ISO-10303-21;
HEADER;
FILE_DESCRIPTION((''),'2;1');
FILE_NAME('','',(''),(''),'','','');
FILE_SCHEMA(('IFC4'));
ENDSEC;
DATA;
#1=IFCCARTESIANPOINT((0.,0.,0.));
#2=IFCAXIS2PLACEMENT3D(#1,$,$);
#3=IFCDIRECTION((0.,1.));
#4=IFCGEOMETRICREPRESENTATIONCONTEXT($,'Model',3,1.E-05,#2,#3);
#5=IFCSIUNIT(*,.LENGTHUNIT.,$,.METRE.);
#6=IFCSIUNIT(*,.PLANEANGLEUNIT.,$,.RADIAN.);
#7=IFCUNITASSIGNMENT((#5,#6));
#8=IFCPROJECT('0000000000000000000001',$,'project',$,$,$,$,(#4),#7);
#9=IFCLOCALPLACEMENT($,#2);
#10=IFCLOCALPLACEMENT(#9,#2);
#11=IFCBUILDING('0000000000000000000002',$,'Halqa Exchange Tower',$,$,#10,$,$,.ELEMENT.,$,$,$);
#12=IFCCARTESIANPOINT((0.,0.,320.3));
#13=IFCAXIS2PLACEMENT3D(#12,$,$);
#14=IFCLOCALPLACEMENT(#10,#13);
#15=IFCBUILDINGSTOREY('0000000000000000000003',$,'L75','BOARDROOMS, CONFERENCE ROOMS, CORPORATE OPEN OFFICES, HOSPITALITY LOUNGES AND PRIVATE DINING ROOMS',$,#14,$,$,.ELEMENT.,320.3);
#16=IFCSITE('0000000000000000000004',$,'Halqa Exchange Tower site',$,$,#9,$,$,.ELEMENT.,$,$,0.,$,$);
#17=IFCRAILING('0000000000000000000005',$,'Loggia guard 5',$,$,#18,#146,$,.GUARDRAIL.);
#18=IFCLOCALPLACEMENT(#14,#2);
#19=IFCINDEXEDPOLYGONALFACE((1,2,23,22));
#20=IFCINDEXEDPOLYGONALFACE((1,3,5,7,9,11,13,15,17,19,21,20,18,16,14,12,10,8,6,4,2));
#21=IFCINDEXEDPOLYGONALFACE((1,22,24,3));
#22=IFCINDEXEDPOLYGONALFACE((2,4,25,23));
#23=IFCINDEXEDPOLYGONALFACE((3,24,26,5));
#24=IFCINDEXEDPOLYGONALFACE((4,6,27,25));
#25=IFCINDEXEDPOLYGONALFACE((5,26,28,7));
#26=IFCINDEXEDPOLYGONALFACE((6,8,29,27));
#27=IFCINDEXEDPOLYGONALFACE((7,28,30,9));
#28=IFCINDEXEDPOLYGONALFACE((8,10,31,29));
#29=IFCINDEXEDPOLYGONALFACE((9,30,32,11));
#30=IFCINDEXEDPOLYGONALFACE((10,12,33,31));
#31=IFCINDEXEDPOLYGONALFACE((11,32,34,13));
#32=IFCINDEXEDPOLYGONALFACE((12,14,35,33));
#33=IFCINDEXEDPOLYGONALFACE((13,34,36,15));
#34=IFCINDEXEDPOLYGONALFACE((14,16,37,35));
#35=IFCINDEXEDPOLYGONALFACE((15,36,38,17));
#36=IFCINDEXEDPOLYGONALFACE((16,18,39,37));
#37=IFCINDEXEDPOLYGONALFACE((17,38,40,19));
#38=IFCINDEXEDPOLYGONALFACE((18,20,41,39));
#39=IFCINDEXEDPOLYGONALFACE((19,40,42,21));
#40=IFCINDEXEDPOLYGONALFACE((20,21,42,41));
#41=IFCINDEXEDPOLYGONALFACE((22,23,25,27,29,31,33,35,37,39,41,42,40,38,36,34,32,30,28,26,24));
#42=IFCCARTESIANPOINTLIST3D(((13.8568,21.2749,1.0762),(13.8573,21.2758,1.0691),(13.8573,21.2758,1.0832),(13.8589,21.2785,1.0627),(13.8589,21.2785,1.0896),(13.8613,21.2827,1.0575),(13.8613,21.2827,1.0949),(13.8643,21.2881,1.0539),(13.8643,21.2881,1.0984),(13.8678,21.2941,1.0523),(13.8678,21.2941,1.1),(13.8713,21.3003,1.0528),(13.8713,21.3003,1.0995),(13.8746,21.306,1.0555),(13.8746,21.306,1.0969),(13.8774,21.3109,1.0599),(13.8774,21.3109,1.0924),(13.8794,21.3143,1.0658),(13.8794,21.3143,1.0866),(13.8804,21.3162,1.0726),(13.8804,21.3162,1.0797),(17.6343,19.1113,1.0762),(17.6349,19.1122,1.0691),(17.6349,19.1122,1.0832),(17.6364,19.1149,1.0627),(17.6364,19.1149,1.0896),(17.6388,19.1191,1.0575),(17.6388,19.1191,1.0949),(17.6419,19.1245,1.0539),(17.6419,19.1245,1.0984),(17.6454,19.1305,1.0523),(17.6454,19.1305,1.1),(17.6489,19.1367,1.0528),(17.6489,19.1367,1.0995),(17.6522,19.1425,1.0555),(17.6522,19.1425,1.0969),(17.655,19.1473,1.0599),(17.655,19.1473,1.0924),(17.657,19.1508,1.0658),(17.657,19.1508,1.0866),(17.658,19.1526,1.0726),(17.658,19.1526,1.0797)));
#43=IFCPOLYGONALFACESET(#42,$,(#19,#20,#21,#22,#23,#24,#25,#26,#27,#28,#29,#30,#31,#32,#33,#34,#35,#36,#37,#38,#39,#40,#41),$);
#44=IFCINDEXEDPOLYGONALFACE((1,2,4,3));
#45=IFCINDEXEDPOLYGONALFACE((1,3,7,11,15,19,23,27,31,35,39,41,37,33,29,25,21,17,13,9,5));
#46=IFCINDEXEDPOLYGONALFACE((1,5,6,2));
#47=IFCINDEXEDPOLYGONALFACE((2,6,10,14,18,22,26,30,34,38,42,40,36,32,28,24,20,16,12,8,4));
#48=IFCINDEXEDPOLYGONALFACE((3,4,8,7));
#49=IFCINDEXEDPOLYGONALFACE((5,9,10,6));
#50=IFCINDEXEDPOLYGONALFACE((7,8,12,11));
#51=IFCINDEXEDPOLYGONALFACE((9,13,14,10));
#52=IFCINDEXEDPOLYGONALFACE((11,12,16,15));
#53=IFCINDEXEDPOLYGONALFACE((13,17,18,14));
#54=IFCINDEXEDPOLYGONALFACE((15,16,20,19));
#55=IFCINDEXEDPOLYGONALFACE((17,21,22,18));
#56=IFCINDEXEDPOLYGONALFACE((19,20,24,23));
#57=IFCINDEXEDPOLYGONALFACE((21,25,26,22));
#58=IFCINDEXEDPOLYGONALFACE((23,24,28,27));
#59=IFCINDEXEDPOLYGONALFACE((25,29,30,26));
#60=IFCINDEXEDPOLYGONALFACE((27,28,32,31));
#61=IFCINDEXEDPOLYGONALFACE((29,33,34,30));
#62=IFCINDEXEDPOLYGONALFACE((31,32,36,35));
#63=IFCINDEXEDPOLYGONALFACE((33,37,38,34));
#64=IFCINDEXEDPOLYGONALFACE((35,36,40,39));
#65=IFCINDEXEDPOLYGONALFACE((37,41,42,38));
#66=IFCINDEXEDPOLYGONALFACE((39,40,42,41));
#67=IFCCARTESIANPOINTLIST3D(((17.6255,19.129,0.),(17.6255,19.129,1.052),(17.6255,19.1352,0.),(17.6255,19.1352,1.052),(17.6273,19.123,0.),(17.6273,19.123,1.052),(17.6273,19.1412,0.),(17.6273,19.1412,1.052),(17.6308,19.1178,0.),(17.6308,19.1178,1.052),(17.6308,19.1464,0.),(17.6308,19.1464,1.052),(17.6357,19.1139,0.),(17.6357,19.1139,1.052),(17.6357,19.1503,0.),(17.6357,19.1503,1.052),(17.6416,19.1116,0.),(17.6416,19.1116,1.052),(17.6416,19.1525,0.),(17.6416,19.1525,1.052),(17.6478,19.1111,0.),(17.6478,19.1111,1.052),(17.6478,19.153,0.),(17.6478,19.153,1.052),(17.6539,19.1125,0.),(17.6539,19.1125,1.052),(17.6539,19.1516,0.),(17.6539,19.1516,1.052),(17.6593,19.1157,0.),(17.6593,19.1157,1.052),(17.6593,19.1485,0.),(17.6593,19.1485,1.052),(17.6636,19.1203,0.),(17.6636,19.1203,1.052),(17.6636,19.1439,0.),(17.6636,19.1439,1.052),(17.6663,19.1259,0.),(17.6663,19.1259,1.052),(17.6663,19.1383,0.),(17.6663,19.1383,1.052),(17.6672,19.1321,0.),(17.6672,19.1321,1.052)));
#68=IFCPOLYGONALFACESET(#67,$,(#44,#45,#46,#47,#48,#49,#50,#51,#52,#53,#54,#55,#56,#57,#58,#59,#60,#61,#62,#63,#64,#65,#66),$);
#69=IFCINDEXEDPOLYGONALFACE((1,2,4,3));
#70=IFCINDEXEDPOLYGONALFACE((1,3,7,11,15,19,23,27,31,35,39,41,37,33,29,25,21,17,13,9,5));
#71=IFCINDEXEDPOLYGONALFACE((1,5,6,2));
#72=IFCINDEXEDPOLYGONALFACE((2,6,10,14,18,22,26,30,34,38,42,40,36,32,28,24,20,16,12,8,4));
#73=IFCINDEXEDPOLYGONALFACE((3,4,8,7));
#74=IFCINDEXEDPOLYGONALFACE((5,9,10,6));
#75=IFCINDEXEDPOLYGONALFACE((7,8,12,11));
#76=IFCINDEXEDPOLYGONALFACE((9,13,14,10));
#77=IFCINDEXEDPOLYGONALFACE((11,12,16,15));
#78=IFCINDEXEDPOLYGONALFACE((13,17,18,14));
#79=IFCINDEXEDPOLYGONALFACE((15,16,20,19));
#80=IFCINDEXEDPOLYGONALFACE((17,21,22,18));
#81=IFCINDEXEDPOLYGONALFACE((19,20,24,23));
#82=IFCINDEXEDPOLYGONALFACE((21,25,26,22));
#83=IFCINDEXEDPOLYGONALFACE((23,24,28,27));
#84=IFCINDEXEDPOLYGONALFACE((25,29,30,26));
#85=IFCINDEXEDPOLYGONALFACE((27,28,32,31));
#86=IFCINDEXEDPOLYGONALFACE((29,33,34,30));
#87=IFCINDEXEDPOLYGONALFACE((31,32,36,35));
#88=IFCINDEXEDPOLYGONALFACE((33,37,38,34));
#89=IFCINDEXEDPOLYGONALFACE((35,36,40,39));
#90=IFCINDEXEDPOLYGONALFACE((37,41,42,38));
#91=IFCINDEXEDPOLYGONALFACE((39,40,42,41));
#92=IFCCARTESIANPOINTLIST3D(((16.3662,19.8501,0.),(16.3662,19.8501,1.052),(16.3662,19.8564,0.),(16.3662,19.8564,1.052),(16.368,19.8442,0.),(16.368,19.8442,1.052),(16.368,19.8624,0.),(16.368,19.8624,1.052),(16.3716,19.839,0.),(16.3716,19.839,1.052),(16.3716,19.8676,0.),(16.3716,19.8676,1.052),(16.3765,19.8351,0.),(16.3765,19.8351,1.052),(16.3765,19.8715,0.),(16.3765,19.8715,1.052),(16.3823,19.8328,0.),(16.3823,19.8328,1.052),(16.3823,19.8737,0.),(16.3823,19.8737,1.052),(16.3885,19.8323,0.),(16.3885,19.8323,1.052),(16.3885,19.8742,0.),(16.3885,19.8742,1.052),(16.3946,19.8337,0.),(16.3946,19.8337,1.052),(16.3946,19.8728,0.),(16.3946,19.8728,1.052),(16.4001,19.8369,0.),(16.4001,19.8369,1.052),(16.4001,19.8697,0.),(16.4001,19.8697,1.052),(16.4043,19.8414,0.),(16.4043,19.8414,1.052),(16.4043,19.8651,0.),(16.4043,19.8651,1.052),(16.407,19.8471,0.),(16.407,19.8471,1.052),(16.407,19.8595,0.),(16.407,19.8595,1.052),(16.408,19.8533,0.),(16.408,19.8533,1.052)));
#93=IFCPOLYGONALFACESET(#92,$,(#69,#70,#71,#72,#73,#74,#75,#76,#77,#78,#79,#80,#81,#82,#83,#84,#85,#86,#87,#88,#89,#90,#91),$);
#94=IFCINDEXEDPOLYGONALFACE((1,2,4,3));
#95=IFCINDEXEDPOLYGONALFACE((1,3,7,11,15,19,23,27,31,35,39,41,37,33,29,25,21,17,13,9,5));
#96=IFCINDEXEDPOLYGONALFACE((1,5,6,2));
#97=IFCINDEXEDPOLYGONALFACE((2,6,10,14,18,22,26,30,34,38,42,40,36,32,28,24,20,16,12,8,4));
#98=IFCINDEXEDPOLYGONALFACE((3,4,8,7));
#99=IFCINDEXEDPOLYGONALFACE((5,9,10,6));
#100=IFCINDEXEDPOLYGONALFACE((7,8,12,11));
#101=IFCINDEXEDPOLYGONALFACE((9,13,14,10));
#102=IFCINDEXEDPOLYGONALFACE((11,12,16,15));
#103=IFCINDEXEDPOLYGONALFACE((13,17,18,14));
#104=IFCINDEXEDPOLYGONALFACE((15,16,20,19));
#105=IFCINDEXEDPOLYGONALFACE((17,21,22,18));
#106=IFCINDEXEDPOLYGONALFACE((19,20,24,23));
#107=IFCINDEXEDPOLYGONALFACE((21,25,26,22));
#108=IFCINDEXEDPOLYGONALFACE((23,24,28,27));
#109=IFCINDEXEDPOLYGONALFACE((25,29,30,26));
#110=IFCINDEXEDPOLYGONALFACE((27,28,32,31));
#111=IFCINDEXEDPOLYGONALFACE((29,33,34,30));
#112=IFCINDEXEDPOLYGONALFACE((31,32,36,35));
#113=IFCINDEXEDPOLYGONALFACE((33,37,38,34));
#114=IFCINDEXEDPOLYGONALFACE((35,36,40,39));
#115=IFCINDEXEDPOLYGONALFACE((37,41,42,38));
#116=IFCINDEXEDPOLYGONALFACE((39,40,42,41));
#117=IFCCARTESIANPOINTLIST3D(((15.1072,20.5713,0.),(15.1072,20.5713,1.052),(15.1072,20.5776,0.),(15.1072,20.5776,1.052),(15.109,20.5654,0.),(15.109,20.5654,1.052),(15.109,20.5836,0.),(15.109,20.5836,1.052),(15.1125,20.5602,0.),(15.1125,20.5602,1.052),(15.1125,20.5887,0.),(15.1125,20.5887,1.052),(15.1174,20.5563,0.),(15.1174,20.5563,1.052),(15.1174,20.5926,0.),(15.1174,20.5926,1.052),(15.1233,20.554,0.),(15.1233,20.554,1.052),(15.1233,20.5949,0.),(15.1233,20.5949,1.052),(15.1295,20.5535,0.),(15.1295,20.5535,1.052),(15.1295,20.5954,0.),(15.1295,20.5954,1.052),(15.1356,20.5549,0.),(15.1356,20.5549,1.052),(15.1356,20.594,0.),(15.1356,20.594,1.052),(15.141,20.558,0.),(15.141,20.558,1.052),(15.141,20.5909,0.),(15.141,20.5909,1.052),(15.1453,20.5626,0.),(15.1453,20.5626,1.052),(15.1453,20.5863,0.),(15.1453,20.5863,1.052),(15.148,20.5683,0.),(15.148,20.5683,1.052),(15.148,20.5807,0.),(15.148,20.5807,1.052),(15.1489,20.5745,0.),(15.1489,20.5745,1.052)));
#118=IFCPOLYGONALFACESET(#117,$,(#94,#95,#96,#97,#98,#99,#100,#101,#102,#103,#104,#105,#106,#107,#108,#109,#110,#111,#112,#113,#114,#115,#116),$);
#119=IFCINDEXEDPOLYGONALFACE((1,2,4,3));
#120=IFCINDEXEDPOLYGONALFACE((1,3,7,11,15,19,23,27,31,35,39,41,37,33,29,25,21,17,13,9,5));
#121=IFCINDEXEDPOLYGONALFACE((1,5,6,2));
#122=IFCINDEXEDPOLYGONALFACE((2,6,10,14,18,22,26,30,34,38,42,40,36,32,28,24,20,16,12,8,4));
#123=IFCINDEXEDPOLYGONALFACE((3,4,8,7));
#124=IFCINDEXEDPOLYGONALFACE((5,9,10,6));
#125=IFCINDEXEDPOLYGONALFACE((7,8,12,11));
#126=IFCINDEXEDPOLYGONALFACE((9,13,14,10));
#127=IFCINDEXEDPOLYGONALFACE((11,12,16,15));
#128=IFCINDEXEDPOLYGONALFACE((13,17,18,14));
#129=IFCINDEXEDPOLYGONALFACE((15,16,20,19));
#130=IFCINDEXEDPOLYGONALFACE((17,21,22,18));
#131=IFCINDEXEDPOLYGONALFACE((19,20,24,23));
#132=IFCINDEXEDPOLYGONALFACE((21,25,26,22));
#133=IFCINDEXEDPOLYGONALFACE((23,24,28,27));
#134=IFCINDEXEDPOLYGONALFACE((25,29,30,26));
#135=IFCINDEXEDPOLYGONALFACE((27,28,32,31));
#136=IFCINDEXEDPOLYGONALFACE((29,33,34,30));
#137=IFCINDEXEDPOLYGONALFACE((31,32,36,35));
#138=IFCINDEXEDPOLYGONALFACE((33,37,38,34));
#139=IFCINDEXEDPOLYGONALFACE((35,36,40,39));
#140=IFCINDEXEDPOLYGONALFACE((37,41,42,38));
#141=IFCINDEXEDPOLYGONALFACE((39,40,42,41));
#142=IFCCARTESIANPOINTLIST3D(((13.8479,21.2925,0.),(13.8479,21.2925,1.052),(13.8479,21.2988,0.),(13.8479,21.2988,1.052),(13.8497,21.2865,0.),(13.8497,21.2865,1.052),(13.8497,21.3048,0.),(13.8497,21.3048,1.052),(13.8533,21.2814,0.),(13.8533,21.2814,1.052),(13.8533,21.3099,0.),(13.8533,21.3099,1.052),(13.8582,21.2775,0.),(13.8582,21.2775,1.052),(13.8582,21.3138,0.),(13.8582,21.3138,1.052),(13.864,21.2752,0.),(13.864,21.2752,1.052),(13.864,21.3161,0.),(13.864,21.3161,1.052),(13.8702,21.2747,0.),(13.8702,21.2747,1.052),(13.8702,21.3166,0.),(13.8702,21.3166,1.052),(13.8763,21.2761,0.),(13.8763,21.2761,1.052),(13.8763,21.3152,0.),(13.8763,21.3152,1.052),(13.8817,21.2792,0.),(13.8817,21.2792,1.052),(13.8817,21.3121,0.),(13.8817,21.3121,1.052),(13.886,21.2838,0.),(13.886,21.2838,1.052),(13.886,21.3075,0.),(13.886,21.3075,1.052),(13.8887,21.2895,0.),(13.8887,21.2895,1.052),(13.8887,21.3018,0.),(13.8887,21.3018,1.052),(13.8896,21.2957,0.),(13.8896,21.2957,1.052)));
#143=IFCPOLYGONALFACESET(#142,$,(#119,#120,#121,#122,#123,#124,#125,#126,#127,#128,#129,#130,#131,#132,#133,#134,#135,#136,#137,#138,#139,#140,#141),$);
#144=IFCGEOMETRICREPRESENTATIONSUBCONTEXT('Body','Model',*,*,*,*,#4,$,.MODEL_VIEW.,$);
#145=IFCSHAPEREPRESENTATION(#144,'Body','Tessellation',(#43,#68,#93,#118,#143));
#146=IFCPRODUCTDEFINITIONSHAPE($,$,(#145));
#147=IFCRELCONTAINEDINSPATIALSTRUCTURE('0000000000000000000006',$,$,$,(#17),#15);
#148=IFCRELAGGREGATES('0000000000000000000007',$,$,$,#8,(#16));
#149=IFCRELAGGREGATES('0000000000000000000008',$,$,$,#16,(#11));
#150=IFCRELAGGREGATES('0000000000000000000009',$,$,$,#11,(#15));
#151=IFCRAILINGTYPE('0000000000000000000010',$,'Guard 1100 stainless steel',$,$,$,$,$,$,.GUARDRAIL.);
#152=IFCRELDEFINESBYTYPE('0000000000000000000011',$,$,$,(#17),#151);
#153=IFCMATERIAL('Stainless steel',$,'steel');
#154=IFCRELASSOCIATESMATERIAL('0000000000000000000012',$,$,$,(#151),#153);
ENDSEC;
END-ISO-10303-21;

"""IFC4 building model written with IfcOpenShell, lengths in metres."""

from ifc_helpers import new_model, si_unit, direction, frame, origin, origin_2d, place, context, subcontext, project, spatial, circle, extrude, material, type_object, element, save


model = new_model("IFC4")

# Units and contexts
model_context = context("Model", 3, precision=1e-05, world=origin(), true_north=direction((0.0, 1.0)))
body_context = subcontext(model_context, "Body", "Model", "MODEL_VIEW")
ifc_project = project(units=[si_unit("LENGTHUNIT", "METRE"), si_unit("PLANEANGLEUNIT", "RADIAN")], contexts=[model_context])

# Site, building, storey
site_placement = place(None, origin())
site = spatial("IfcSite", under=ifc_project, at=site_placement, Name="Halqa Exchange Tower site", CompositionType="ELEMENT", RefElevation=0.0)
building_placement = place(site_placement, origin())
building = spatial("IfcBuilding", under=site, at=building_placement, Name="Halqa Exchange Tower", CompositionType="ELEMENT")
storey_placement = place(building_placement, frame((0.0, 0.0, 320.3)))
storey = spatial("IfcBuildingStorey", under=building, at=storey_placement, Name="L75", Description="BOARDROOMS, CONFERENCE ROOMS, CORPORATE OPEN OFFICES, HOSPITALITY LOUNGES AND PRIVATE DINING ROOMS", CompositionType="ELEMENT", Elevation=320.3)

# Railing
ifc_material_1 = material(Name="Stainless steel", Category="steel")
railing_type = type_object("IfcRailingType", Name="Guard 1100 stainless steel", PredefinedType="GUARDRAIL", material=ifc_material_1)
railing_1_placement = place(storey_placement, frame((17.6462, 19.1321, 0.0)))
element("IfcRailing", 1, at=railing_1_placement, inside=storey, type_object=railing_type, Name="Loggia guard 5", PredefinedType="GUARDRAIL", context=body_context, shape_type="SweptSolid", body=[
    extrude(circle(Radius=0.0239, at=origin_2d()), frame((0.0, 0.0, 1.0762), z_axis=(-0.867753, 0.496996, 0.0), x_axis=(-0.496996, -0.867753, 0.0)), (0.0, 0.0, 1.0), 4.3533),
    extrude(circle(Radius=0.021, at=origin_2d()), origin(), (0.0, 0.0, 1.0), 1.052),
    extrude(circle(Radius=0.021, at=origin_2d()), frame((-1.2593, 0.7212, 0.0)), (0.0, 0.0, 1.0), 1.052),
    extrude(circle(Radius=0.021, at=origin_2d()), frame((-2.5183, 1.4424, 0.0)), (0.0, 0.0, 1.0), 1.052),
    extrude(circle(Radius=0.021, at=origin_2d()), frame((-3.7776, 2.1636, 0.0)), (0.0, 0.0, 1.0), 1.052),
])

save(model, "model.ifc")
